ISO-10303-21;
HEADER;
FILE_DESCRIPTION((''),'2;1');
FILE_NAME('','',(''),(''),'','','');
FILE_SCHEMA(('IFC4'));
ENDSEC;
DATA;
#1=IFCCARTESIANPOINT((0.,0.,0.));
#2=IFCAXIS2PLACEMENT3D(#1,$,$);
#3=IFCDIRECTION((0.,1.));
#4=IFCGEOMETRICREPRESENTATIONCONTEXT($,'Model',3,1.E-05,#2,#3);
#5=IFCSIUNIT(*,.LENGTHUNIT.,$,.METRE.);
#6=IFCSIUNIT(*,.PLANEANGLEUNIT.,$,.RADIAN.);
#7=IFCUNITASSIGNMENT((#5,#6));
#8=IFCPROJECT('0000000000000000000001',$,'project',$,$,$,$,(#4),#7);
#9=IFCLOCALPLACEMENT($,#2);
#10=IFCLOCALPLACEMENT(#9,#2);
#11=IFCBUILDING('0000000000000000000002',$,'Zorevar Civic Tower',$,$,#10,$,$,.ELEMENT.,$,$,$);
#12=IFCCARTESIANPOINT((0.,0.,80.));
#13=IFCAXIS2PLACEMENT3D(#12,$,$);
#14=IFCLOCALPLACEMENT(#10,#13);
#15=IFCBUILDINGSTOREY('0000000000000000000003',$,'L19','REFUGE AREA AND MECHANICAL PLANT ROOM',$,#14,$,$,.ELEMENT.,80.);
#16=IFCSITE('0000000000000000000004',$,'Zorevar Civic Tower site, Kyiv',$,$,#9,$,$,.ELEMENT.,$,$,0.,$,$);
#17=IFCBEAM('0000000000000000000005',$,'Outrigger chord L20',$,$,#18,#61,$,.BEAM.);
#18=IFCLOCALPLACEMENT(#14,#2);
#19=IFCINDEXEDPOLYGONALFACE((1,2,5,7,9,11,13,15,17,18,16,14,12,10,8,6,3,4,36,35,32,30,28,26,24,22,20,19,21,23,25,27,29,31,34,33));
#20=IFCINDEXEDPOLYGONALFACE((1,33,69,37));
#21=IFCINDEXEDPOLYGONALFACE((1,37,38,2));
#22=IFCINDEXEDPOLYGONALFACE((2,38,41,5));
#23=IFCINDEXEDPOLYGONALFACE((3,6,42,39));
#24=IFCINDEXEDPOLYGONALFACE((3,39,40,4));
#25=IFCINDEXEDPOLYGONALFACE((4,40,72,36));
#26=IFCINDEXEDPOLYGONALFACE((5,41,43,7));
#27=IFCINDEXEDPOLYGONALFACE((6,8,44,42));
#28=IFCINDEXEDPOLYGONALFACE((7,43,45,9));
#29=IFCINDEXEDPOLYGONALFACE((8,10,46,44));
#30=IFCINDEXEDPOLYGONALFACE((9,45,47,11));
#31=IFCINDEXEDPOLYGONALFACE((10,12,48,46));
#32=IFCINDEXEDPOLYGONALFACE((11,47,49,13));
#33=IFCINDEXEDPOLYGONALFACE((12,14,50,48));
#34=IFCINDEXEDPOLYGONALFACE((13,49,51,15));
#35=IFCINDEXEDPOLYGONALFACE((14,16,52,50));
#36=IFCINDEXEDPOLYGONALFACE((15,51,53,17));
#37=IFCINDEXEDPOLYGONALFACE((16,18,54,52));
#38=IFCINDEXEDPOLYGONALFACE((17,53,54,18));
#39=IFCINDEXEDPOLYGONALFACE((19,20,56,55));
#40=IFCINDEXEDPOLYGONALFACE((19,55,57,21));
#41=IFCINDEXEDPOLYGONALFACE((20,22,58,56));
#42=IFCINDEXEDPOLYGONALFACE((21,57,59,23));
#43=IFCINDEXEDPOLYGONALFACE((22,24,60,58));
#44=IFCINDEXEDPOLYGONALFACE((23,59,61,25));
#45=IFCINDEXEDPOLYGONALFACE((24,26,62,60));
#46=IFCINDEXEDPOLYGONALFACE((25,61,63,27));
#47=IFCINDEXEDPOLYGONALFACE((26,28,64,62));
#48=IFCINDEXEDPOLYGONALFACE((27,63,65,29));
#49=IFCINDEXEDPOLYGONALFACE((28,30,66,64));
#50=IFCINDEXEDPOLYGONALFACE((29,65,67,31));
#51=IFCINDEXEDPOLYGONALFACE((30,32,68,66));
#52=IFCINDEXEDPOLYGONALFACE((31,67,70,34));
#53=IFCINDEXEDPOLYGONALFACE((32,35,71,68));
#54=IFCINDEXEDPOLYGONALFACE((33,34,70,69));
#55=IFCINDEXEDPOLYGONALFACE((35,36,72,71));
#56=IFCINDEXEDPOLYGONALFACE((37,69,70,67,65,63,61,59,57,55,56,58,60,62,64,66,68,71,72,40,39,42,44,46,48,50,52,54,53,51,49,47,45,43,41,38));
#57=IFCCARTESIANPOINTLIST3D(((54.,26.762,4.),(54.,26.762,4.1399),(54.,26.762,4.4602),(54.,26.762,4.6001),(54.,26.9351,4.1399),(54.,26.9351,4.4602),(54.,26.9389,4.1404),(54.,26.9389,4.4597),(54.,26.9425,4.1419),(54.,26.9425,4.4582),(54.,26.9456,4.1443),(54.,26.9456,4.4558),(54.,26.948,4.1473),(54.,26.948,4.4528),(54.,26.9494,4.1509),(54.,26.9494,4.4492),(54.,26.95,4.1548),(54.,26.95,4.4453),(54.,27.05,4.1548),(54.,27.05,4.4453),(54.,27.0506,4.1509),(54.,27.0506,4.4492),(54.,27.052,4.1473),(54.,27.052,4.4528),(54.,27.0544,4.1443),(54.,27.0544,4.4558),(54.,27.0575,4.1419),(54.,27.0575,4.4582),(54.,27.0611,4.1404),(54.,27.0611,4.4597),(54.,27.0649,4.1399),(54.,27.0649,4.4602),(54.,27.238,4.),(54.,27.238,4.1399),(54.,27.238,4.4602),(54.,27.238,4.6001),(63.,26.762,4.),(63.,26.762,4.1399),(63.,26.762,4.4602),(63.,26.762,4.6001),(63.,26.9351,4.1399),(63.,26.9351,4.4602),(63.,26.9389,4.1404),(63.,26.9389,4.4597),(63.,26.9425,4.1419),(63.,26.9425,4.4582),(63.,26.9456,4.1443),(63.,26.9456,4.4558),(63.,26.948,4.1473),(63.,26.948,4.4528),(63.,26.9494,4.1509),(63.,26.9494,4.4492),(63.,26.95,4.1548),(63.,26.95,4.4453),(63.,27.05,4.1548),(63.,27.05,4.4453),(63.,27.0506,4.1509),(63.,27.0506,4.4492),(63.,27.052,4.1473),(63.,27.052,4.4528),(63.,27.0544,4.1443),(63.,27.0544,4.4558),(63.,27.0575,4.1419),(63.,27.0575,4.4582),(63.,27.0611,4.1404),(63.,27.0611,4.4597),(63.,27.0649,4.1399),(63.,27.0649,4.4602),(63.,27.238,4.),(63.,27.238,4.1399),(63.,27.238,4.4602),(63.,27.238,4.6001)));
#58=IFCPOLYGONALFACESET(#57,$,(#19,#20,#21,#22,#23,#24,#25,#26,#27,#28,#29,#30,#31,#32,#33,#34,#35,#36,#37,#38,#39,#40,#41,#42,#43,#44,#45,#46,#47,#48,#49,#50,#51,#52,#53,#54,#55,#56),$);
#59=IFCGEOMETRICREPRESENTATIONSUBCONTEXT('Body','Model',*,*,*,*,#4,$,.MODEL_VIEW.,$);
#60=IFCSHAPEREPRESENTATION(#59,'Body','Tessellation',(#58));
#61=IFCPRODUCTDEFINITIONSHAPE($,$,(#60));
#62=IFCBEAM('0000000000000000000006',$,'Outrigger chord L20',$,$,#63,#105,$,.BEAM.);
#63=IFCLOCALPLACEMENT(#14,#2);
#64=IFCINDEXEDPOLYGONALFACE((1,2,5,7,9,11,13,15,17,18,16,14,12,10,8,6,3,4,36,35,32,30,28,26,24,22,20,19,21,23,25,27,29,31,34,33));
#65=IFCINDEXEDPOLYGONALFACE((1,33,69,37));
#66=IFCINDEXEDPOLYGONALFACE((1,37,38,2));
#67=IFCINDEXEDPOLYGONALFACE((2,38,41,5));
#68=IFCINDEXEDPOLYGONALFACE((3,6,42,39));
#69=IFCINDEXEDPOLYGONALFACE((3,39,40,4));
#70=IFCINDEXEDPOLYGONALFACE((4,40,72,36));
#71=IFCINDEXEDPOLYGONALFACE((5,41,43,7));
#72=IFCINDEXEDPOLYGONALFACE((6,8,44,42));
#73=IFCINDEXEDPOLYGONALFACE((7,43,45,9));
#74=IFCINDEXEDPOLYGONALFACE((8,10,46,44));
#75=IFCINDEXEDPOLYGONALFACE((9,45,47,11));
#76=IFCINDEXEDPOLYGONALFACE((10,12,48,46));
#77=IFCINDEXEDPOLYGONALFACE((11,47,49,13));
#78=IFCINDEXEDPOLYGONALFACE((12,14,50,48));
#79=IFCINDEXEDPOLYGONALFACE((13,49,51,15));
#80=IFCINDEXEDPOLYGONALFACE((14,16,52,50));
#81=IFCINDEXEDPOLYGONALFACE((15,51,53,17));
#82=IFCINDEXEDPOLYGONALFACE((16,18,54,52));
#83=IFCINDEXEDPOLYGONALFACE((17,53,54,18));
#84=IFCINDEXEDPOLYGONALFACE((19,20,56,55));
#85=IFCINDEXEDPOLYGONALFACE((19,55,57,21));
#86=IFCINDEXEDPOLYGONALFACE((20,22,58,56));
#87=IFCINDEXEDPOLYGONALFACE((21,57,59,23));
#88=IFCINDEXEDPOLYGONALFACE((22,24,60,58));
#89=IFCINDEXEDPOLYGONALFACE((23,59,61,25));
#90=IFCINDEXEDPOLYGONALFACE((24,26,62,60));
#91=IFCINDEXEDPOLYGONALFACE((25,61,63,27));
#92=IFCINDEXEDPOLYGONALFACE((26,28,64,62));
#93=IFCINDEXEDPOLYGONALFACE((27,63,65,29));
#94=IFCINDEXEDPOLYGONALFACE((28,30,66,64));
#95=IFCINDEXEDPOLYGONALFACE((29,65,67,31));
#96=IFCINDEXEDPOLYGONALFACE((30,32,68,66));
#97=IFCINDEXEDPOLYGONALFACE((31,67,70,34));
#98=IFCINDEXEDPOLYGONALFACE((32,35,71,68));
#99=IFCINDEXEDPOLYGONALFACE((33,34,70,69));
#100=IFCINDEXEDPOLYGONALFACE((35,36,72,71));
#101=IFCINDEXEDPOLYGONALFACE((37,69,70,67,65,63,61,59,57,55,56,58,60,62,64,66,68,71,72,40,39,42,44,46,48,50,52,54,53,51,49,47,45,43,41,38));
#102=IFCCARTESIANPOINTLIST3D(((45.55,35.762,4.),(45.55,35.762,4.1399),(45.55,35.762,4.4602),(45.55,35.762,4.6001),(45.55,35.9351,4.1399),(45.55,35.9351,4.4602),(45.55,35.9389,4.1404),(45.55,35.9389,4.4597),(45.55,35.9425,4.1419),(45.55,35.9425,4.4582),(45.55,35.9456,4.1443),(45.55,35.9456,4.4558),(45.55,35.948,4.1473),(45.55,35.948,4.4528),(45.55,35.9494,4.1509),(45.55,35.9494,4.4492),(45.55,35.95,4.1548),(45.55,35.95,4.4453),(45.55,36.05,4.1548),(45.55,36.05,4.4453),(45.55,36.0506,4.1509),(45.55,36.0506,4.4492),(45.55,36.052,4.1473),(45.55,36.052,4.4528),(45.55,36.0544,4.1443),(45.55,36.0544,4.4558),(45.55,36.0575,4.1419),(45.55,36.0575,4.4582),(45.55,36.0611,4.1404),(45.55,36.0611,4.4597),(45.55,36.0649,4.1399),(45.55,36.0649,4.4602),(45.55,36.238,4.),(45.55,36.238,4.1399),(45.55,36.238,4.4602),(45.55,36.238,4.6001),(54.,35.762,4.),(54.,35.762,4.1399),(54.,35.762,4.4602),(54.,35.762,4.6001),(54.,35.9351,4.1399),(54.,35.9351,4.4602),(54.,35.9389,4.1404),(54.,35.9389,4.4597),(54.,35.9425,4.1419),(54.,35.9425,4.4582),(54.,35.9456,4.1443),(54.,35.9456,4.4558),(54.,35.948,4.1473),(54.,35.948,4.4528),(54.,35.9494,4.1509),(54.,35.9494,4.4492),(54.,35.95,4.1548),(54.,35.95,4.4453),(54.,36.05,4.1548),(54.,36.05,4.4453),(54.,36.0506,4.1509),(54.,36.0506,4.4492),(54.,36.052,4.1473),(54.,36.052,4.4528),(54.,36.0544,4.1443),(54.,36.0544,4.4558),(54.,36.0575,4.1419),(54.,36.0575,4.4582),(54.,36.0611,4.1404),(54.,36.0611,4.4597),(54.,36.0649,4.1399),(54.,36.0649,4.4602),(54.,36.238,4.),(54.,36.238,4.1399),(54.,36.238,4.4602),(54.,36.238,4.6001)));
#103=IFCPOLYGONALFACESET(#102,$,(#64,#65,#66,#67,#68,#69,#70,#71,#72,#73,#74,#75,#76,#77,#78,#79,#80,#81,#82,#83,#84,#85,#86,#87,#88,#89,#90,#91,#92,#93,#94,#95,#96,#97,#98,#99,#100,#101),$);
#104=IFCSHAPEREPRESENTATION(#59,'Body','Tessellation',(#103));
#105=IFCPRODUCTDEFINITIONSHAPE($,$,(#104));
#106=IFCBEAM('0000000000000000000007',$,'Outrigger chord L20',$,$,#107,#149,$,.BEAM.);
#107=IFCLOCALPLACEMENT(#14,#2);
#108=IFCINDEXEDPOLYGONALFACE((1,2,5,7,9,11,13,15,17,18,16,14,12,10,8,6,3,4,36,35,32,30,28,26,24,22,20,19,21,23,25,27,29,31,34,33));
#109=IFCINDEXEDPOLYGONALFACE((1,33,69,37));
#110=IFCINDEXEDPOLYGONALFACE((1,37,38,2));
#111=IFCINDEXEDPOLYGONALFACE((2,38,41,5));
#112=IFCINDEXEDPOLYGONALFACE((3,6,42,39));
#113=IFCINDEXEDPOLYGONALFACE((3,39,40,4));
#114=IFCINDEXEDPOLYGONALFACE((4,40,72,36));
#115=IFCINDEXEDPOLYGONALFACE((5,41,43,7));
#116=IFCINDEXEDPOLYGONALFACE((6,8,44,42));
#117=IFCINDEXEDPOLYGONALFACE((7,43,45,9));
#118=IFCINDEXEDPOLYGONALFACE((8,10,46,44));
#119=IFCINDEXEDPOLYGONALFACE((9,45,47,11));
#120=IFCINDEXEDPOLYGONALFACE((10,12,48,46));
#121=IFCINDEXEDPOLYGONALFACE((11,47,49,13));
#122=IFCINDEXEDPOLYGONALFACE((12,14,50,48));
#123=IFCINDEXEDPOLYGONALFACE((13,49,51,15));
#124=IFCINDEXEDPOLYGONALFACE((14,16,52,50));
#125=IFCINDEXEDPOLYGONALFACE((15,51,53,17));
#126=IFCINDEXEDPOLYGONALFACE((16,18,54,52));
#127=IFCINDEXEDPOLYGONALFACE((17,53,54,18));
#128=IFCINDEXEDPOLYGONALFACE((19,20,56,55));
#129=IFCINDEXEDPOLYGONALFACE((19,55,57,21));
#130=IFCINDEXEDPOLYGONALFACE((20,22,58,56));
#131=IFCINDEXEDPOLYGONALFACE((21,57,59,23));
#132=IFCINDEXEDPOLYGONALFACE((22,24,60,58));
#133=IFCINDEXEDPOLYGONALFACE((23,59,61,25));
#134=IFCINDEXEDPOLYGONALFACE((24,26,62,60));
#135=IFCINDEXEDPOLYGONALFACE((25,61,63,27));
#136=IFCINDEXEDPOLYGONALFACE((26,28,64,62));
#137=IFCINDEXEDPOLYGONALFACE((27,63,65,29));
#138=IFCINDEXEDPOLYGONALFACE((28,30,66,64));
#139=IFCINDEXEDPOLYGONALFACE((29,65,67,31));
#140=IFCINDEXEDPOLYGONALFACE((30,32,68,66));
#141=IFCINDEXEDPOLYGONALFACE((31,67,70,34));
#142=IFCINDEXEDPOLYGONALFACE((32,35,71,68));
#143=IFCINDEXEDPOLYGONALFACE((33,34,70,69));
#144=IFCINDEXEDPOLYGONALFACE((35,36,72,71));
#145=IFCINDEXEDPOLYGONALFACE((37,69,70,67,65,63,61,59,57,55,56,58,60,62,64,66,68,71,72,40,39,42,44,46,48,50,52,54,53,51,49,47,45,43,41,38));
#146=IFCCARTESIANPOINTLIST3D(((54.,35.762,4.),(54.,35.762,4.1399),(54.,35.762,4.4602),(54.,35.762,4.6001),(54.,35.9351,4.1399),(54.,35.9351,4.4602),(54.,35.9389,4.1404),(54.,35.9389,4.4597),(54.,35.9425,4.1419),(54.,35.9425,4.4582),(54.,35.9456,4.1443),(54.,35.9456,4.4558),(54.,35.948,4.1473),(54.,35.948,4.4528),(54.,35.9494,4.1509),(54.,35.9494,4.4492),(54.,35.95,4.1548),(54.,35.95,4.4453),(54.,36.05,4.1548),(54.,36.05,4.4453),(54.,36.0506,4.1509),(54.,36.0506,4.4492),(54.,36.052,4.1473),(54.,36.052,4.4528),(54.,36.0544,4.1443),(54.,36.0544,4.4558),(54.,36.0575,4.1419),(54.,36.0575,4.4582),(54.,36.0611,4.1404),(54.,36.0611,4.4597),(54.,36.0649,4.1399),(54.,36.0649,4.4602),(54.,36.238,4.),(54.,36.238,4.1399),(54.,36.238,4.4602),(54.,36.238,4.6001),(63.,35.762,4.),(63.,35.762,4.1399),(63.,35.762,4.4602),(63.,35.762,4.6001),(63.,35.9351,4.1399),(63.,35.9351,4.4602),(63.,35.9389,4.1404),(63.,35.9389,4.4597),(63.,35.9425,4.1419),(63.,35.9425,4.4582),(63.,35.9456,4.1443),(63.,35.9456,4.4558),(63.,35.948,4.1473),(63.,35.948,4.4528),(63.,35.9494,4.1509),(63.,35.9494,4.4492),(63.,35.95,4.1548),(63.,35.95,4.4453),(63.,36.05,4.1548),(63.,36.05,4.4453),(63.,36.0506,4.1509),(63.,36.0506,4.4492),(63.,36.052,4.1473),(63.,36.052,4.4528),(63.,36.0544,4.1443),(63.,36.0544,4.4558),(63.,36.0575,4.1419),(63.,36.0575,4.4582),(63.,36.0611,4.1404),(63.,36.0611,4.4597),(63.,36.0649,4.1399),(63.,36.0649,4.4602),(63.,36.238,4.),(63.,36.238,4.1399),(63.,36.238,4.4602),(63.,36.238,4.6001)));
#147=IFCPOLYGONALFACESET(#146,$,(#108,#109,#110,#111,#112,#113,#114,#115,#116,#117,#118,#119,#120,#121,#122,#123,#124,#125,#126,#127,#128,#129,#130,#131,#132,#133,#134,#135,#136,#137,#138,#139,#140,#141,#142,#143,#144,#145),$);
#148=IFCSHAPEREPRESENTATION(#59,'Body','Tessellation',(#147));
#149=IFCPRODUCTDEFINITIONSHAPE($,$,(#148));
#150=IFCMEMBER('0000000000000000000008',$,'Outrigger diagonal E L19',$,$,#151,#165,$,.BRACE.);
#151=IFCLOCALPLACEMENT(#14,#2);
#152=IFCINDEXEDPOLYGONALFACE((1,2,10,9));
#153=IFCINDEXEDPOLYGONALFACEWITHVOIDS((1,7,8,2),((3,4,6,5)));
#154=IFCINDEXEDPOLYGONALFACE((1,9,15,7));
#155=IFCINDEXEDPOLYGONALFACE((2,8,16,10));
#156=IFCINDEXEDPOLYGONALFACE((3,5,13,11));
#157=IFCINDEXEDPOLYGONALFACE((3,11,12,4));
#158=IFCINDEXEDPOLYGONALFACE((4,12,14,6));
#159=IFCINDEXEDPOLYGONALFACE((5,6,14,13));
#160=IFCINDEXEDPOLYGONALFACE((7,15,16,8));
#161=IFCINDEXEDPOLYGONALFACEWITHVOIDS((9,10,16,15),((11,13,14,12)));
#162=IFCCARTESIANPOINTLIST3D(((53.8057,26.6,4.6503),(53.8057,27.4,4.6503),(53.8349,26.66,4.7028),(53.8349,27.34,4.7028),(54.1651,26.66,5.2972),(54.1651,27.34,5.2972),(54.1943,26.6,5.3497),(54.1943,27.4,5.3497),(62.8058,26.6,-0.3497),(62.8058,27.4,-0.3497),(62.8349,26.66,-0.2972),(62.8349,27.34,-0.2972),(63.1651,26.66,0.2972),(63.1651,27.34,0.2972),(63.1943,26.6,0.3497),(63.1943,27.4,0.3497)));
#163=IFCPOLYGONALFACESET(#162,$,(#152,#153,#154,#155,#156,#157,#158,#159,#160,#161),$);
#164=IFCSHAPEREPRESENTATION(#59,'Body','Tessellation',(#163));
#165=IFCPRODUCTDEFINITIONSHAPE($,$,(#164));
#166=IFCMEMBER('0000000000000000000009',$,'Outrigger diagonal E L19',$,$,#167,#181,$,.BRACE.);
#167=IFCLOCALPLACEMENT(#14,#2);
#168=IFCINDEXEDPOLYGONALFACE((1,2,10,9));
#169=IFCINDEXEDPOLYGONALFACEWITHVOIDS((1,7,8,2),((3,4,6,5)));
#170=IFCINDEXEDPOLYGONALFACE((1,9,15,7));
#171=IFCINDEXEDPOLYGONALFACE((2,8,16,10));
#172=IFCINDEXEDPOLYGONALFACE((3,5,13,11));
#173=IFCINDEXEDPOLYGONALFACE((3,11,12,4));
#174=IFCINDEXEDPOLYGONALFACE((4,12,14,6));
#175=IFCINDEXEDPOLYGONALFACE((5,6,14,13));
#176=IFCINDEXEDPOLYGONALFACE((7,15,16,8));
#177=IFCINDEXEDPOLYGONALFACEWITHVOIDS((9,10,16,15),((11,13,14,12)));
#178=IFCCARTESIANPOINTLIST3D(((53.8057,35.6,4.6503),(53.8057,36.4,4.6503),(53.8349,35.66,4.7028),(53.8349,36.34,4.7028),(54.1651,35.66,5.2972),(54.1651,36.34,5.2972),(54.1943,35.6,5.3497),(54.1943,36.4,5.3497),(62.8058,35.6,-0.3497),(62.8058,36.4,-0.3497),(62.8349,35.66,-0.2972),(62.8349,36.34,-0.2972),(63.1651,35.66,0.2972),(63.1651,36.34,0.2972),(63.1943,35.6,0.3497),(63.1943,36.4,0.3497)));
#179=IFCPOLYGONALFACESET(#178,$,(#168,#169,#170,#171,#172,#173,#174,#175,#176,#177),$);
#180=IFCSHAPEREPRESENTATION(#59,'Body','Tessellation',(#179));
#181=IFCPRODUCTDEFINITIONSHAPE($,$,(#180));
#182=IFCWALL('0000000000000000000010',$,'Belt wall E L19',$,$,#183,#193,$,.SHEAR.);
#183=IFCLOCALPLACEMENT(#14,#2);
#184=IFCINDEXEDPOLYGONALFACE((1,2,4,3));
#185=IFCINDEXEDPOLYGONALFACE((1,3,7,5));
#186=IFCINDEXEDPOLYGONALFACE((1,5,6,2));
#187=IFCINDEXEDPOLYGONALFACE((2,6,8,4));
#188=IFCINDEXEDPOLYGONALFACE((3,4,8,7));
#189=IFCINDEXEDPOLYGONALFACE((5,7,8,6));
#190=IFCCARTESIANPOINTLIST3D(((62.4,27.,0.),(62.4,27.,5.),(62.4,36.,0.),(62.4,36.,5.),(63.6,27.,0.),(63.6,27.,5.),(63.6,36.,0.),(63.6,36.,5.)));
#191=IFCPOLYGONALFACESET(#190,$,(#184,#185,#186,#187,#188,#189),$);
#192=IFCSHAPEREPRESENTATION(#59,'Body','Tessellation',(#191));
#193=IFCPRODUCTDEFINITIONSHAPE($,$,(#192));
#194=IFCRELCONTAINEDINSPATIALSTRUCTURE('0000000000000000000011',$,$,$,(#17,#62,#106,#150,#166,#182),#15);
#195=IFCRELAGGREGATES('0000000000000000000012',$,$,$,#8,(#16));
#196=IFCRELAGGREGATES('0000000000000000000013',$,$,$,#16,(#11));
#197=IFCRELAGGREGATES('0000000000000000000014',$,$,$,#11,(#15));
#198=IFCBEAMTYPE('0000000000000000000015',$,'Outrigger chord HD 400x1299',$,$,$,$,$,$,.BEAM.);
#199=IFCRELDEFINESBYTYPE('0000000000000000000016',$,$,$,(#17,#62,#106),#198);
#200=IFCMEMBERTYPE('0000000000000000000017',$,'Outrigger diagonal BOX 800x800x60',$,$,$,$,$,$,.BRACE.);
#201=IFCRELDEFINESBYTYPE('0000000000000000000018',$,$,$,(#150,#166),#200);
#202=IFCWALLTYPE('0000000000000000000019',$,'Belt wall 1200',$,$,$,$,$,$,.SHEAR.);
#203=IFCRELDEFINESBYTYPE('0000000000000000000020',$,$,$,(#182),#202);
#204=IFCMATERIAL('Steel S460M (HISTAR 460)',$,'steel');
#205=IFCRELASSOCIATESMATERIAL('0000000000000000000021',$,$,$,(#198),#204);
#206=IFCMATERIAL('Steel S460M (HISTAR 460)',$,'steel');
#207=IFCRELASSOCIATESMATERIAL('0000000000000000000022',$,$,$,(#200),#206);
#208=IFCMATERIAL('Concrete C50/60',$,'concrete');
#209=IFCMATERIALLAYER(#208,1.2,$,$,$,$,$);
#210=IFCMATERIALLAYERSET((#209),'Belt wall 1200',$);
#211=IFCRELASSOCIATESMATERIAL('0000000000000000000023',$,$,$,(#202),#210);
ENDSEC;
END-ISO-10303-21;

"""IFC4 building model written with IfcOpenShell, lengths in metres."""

from ifc_helpers import new_model, si_unit, direction, frame, frame_2d, origin, origin_2d, place, context, subcontext, project, spatial, rectangle, hollow_rectangle, i_section, extrude, material, layer, layer_set, material_profile, profile_set, type_object, element, save


model = new_model("IFC4")

# Units and contexts
model_context = context("Model", 3, precision=1e-05, world=origin(), true_north=direction((0.0, 1.0)))
body_context = subcontext(model_context, "Body", "Model", "MODEL_VIEW")
ifc_project = project(units=[si_unit("LENGTHUNIT", "METRE"), si_unit("PLANEANGLEUNIT", "RADIAN")], contexts=[model_context])

# Site, building, storey
site_placement = place(None, origin())
site = spatial("IfcSite", under=ifc_project, at=site_placement, Name="Zorevar Civic Tower site, Kyiv", CompositionType="ELEMENT", RefElevation=0.0)
building_placement = place(site_placement, origin())
building = spatial("IfcBuilding", under=site, at=building_placement, Name="Zorevar Civic Tower", CompositionType="ELEMENT")
storey_placement = place(building_placement, frame((0.0, 0.0, 80.0)))
storey = spatial("IfcBuildingStorey", under=building, at=storey_placement, Name="L19", Description="REFUGE AREA AND MECHANICAL PLANT ROOM", CompositionType="ELEMENT", Elevation=80.0)

# Beams
ifc_material_1 = material(Name="Steel S460M (HISTAR 460)", Category="steel")
ifc_material_profile_1 = material_profile(ifc_material_1, i_section(OverallWidth=0.4761, OverallDepth=0.6001, WebThickness=0.1001, FlangeThickness=0.1399, FilletRadius=0.0149, at=origin_2d()), Name="HD 400x1299")
ifc_profile_set_1 = profile_set([ifc_material_profile_1], Name="Steel S460M (HISTAR 460)")
beam_type_1 = type_object("IfcBeamType", Name="Outrigger chord HD 400x1299", PredefinedType="BEAM", material=ifc_profile_set_1)
beam_1_placement = place(storey_placement, frame((54.0, 27.0, 4.3), z_axis=(1.0, 0.0, 0.0), x_axis=(0.0, 1.0, 0.0)))
element("IfcBeam", 1, at=beam_1_placement, inside=storey, type_object=beam_type_1, Name="Outrigger chord L20", PredefinedType="BEAM", context=body_context, shape_type="SweptSolid", body=[
    extrude(i_section(OverallWidth=0.4761, OverallDepth=0.6001, WebThickness=0.1001, FlangeThickness=0.1399, FilletRadius=0.0149, at=origin_2d()), origin(), (0.0, 0.0, 1.0), 9.0),
])
beam_2_placement = place(storey_placement, frame((45.55, 36.0, 4.3), z_axis=(1.0, 0.0, 0.0), x_axis=(0.0, 1.0, 0.0)))
element("IfcBeam", 2, at=beam_2_placement, inside=storey, type_object=beam_type_1, Name="Outrigger chord L20", PredefinedType="BEAM", context=body_context, shape_type="SweptSolid", body=[
    extrude(i_section(OverallWidth=0.4761, OverallDepth=0.6001, WebThickness=0.1001, FlangeThickness=0.1399, FilletRadius=0.0149, at=origin_2d()), origin(), (0.0, 0.0, 1.0), 8.45),
])
beam_3_placement = place(storey_placement, frame((54.0, 36.0, 4.3), z_axis=(1.0, 0.0, 0.0), x_axis=(0.0, 1.0, 0.0)))
element("IfcBeam", 3, at=beam_3_placement, inside=storey, type_object=beam_type_1, Name="Outrigger chord L20", PredefinedType="BEAM", context=body_context, shape_type="SweptSolid", body=[
    extrude(i_section(OverallWidth=0.4761, OverallDepth=0.6001, WebThickness=0.1001, FlangeThickness=0.1399, FilletRadius=0.0149, at=origin_2d()), origin(), (0.0, 0.0, 1.0), 9.0),
])

# Members
ifc_material_2 = material(Name="Steel S460M (HISTAR 460)", Category="steel")
ifc_material_profile_2 = material_profile(ifc_material_2, hollow_rectangle(XDim=0.8, YDim=0.8, WallThickness=0.0601, at=origin_2d()), Name="BOX 800x800x60")
ifc_profile_set_2 = profile_set([ifc_material_profile_2], Name="Steel S460M (HISTAR 460)")
member_type_1 = type_object("IfcMemberType", Name="Outrigger diagonal BOX 800x800x60", PredefinedType="BRACE", material=ifc_profile_set_2)
for number, where, z_axis, x_axis, name in (
    (4, (54.0, 27.0, 5.0), (0.874157, 0.0, -0.485643), (0.0, 1.0, 0.0), "Outrigger diagonal E L19"),
    (5, (54.0, 36.0, 5.0), (0.874157, 0.0, -0.485643), (0.0, 1.0, 0.0), "Outrigger diagonal E L19"),
):
    element("IfcMember", number, at=place(storey_placement, frame(where, z_axis=z_axis, x_axis=x_axis)), inside=storey, type_object=member_type_1, Name=name, PredefinedType="BRACE", context=body_context, shape_type="SweptSolid", body=[
        extrude(hollow_rectangle(XDim=0.8, YDim=0.8, WallThickness=0.0601, at=origin_2d()), origin(), (0.0, 0.0, 1.0), 10.2957),
    ])

# Wall
ifc_material_3 = material(Name="Concrete C50/60", Category="concrete")
ifc_layer_1 = layer(ifc_material_3, 1.2)
ifc_layer_set_1 = layer_set([ifc_layer_1], Name="Belt wall 1200")
wall_type_1 = type_object("IfcWallType", Name="Belt wall 1200", PredefinedType="SHEAR", material=ifc_layer_set_1)
wall_1_placement = place(storey_placement, frame((63.0, 27.0, 0.0), z_axis=(0.0, 0.0, 1.0), x_axis=(0.0, 1.0, 0.0)))
element("IfcWall", 6, at=wall_1_placement, inside=storey, type_object=wall_type_1, Name="Belt wall E L19", PredefinedType="SHEAR", context=body_context, shape_type="SweptSolid", body=[
    extrude(rectangle(XDim=9.0, YDim=1.2, at=frame_2d((4.5, 0.0))), origin(), (0.0, 0.0, 1.0), 5.0),
])

save(model, "model.ifc")
